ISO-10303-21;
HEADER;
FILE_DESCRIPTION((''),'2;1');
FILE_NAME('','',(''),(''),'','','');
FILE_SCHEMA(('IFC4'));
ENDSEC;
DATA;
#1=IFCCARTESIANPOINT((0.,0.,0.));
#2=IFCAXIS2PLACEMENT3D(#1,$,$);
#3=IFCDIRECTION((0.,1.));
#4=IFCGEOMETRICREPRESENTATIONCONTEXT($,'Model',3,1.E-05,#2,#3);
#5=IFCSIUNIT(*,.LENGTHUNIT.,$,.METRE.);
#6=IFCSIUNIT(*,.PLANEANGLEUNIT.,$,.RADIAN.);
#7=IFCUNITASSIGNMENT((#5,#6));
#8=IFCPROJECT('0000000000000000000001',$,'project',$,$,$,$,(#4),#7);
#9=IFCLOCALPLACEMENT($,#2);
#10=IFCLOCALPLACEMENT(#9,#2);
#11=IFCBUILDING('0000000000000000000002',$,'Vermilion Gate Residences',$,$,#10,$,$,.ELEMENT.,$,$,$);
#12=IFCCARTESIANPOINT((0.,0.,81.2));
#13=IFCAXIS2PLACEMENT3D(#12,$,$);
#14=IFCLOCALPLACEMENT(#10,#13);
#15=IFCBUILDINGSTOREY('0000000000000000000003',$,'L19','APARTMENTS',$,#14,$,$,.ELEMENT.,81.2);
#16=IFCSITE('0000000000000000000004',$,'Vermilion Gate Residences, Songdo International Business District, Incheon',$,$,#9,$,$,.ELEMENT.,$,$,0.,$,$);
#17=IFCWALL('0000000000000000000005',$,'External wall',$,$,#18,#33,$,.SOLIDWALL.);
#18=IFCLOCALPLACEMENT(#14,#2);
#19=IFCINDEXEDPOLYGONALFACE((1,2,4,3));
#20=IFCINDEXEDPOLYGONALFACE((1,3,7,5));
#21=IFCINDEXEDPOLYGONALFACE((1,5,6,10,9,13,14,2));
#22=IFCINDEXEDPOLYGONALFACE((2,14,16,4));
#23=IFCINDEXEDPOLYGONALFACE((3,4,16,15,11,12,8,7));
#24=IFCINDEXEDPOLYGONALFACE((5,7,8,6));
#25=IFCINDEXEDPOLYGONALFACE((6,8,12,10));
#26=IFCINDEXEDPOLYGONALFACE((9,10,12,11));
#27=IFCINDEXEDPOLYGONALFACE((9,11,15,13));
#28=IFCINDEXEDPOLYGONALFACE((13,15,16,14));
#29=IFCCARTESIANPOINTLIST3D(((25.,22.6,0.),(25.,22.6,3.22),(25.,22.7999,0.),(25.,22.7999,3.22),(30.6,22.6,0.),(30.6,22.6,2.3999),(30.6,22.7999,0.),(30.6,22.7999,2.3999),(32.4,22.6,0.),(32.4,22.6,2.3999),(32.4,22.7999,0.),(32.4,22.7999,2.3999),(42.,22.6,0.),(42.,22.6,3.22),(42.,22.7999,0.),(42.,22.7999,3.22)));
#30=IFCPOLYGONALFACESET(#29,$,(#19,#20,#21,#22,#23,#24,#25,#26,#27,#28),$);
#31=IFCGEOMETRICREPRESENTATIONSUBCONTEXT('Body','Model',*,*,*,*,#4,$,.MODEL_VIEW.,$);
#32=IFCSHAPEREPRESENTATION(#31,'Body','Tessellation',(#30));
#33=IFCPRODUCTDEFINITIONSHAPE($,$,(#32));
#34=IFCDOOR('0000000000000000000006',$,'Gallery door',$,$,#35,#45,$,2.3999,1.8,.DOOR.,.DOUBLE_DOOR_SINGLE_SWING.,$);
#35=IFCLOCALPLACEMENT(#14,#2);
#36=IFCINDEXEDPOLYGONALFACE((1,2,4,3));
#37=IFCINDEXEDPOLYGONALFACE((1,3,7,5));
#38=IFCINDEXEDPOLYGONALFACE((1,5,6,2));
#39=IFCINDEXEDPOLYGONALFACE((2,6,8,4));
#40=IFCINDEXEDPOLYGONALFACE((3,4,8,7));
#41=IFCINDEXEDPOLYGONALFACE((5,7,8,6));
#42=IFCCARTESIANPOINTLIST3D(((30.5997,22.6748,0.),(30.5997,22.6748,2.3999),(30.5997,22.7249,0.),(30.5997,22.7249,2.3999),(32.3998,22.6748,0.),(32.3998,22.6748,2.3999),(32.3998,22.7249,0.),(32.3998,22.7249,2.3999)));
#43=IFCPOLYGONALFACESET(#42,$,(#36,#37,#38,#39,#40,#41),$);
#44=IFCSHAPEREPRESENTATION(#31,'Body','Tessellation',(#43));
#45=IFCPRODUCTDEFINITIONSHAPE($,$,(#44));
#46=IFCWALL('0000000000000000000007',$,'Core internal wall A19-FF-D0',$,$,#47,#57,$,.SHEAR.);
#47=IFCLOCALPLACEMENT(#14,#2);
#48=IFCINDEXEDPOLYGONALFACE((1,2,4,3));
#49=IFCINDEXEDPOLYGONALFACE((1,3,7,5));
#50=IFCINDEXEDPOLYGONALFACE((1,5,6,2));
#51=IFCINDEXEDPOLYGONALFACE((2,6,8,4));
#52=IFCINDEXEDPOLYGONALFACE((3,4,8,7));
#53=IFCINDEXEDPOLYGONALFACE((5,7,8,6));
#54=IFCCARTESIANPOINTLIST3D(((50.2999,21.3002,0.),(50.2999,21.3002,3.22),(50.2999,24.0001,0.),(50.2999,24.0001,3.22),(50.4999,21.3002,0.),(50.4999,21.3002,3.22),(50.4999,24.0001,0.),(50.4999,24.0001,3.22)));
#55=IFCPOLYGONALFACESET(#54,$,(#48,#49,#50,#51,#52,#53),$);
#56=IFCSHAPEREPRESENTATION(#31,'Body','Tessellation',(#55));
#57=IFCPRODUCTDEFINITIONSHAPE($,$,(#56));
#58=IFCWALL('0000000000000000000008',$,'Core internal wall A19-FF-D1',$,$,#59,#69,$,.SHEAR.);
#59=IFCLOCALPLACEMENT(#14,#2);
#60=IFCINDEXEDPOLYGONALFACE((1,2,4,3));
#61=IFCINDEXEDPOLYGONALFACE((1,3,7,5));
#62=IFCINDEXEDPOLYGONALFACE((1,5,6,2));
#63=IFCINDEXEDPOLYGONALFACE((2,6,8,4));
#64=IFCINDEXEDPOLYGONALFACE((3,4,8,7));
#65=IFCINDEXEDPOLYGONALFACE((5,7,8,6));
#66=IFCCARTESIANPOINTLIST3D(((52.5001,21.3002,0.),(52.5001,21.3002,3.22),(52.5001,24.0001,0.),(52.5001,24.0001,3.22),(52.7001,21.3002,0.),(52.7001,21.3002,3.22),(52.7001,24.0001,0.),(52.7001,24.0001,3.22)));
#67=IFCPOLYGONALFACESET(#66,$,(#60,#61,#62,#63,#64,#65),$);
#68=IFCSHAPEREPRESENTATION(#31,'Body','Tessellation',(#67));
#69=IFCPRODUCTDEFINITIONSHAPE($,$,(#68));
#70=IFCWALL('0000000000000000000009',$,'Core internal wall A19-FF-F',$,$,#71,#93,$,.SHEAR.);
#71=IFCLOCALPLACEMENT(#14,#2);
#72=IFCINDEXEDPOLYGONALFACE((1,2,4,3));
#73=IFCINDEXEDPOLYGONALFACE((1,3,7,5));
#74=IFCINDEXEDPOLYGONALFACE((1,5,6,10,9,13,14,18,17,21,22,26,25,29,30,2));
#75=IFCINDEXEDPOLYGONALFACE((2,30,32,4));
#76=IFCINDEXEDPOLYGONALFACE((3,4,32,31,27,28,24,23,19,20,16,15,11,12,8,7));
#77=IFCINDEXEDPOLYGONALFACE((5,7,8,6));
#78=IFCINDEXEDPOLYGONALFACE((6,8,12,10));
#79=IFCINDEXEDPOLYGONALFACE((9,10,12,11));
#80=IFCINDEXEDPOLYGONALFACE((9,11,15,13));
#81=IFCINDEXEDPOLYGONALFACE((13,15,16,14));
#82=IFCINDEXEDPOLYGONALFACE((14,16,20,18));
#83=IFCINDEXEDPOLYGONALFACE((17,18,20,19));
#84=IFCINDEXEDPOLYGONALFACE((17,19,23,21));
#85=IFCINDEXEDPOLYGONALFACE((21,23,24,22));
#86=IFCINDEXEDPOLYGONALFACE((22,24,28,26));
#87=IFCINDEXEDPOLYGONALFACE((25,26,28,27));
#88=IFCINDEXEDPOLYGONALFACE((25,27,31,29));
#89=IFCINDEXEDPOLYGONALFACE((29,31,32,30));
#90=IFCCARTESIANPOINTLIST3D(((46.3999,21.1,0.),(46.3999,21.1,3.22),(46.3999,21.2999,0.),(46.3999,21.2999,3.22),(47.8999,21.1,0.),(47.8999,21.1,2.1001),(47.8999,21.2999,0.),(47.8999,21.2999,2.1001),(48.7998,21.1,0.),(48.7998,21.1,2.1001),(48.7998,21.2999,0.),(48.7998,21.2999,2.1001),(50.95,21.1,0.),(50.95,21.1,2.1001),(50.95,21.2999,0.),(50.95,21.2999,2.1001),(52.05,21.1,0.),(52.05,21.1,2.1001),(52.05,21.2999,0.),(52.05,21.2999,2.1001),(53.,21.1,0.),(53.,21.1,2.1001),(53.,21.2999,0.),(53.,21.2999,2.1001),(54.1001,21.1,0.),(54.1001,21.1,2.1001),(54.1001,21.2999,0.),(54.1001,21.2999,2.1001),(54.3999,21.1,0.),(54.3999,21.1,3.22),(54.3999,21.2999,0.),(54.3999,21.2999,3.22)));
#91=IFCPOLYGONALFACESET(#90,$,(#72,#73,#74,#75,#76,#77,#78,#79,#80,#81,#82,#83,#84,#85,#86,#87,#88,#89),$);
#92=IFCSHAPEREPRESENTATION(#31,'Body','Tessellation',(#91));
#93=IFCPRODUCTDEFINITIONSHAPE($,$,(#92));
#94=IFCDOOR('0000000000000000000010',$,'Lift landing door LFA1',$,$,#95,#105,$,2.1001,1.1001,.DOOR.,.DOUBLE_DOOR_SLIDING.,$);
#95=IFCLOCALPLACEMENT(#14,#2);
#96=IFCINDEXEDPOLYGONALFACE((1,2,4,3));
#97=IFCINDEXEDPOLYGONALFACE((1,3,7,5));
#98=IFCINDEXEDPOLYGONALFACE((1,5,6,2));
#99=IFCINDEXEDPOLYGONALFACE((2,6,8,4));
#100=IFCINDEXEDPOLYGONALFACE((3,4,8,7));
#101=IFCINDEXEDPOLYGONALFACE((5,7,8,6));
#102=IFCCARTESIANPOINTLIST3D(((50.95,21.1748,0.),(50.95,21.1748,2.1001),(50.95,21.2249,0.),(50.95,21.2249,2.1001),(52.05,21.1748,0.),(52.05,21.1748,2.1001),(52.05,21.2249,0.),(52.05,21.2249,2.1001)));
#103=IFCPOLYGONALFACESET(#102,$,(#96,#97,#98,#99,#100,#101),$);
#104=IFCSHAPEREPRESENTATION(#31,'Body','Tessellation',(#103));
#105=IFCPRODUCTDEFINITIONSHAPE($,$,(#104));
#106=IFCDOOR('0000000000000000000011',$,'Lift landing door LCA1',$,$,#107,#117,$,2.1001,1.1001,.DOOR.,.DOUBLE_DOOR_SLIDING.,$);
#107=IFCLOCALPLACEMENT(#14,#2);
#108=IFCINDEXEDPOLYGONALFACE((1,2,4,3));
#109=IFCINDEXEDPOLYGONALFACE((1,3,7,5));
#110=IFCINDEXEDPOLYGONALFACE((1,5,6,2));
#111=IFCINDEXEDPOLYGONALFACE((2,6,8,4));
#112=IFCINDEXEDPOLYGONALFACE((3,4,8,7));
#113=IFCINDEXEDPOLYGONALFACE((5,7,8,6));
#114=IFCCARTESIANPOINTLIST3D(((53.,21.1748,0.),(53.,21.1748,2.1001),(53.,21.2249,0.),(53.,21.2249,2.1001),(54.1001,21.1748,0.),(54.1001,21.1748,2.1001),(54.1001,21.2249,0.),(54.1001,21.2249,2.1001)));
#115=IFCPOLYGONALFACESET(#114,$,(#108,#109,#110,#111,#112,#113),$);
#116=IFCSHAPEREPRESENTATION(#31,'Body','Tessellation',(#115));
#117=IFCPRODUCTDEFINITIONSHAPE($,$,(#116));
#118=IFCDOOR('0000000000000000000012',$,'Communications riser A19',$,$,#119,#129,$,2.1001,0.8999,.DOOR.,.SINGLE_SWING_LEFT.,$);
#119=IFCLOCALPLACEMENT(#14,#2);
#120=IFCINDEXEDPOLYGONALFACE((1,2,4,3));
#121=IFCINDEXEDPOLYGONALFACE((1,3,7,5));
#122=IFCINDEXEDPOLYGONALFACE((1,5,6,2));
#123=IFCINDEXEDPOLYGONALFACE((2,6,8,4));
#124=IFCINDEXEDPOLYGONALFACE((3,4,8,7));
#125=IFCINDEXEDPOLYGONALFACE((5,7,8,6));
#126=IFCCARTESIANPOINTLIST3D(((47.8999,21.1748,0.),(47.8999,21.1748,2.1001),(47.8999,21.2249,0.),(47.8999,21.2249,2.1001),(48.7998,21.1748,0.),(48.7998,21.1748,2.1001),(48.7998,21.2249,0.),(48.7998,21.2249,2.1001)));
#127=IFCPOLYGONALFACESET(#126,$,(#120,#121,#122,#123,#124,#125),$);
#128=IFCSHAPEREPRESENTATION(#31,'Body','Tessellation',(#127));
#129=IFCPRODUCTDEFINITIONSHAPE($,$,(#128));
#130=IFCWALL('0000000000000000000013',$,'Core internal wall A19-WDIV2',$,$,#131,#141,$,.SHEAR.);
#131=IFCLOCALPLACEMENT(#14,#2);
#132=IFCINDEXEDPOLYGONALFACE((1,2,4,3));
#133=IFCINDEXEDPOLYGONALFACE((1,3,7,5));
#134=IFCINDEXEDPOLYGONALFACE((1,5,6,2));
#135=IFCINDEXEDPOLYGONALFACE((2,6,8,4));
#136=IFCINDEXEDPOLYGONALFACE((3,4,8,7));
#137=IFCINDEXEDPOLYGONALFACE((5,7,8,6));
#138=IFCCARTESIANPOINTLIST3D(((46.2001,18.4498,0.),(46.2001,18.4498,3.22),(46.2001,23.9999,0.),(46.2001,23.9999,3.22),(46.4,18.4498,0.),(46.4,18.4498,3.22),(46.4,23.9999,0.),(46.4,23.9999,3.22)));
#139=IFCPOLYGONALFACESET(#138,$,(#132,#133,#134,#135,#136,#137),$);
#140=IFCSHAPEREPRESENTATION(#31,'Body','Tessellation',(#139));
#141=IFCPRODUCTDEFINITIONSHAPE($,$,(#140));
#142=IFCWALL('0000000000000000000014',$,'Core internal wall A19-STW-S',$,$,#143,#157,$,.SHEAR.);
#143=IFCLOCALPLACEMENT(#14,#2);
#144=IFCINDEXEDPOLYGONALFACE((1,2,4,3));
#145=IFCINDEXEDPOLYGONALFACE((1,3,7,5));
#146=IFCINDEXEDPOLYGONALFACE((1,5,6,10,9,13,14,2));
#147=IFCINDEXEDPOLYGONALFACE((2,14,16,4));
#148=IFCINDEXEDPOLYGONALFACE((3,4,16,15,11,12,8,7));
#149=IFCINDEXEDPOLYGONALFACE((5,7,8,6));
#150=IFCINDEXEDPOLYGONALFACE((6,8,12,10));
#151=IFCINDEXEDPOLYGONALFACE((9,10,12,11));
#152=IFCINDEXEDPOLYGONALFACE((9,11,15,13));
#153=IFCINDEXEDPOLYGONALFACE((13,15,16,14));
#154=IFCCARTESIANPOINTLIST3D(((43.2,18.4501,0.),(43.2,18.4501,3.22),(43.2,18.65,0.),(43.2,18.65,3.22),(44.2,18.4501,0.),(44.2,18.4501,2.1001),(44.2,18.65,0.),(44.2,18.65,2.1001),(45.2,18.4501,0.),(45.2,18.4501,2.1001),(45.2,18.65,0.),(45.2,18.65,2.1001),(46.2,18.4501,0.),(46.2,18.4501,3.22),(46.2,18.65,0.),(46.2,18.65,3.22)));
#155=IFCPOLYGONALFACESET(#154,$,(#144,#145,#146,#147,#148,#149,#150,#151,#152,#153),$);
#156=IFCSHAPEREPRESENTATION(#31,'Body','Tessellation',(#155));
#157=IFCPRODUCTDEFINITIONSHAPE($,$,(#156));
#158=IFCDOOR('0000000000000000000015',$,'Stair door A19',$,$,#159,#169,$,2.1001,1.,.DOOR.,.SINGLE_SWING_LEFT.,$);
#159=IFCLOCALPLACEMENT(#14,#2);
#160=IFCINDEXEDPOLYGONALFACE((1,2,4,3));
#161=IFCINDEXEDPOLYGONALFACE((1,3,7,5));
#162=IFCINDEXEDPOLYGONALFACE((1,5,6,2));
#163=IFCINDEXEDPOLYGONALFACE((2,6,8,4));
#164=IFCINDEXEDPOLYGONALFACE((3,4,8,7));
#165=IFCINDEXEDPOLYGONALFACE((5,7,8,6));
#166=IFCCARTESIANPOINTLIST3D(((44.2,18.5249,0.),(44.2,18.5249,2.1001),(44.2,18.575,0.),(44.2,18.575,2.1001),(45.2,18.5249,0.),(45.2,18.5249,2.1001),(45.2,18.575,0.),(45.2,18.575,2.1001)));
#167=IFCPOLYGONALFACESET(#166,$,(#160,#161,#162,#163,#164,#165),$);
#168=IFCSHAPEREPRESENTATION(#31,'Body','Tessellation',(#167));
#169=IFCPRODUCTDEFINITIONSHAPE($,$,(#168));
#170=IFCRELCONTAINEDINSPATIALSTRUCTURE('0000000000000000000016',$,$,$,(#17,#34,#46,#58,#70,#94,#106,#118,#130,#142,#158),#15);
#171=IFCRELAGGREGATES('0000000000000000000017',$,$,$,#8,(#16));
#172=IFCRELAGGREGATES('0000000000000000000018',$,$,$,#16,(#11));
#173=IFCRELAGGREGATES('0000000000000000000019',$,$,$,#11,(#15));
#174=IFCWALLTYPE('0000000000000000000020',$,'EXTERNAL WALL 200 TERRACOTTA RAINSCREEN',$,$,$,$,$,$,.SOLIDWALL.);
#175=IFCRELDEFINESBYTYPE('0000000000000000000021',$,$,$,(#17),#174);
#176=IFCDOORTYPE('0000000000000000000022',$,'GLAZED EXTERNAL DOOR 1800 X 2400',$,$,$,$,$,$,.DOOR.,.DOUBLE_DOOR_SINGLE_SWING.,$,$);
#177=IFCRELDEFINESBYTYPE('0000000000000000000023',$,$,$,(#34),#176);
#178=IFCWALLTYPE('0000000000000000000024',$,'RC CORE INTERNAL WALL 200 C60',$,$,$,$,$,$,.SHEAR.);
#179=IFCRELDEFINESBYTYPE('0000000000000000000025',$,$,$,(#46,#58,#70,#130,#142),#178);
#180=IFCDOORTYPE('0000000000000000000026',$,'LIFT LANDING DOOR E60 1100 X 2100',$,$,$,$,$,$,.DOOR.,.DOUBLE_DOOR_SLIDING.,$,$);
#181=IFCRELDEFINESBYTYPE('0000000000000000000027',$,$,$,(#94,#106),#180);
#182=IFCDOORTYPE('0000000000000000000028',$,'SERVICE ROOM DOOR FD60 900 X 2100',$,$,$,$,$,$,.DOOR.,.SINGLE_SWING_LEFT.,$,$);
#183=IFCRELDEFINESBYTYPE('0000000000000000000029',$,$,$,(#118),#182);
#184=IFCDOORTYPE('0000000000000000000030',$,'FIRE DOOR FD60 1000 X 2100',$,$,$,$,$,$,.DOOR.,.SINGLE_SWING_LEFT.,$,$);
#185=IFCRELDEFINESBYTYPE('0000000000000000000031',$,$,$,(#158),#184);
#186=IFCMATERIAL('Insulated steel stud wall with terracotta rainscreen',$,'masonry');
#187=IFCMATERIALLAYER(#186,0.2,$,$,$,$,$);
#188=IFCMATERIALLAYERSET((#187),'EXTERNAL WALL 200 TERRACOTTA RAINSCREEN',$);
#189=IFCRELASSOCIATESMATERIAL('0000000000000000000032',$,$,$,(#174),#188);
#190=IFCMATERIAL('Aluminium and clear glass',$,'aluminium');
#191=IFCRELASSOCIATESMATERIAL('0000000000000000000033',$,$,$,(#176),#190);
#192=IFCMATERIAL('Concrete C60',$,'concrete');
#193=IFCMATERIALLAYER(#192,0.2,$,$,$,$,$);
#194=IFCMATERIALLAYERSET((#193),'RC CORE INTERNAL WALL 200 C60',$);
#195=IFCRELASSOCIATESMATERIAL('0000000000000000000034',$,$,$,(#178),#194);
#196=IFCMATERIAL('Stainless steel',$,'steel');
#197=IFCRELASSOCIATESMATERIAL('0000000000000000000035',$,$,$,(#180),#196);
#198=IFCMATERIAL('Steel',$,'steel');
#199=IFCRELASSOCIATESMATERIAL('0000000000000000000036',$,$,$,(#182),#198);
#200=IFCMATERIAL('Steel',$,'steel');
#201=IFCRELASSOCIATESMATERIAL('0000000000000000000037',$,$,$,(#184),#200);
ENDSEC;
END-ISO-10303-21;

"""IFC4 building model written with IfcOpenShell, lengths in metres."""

from ifc_helpers import new_model, si_unit, direction, frame, frame_2d, origin, place, context, subcontext, project, spatial, rectangle, extrude, material, layer, layer_set, type_object, element, fill, save


model = new_model("IFC4")

# Units and contexts
model_context = context("Model", 3, precision=1e-05, world=origin(), true_north=direction((0.0, 1.0)))
body_context = subcontext(model_context, "Body", "Model", "MODEL_VIEW")
ifc_project = project(units=[si_unit("LENGTHUNIT", "METRE"), si_unit("PLANEANGLEUNIT", "RADIAN")], contexts=[model_context])

# Site, building, storey
site_placement = place(None, origin())
site = spatial("IfcSite", under=ifc_project, at=site_placement, Name="Vermilion Gate Residences, Songdo International Business District, Incheon", CompositionType="ELEMENT", RefElevation=0.0)
building_placement = place(site_placement, origin())
building = spatial("IfcBuilding", under=site, at=building_placement, Name="Vermilion Gate Residences", CompositionType="ELEMENT")
storey_placement = place(building_placement, frame((0.0, 0.0, 81.2)))
storey = spatial("IfcBuildingStorey", under=building, at=storey_placement, Name="L19", Description="APARTMENTS", CompositionType="ELEMENT", Elevation=81.2)

# Wall, opening, door
ifc_material_1 = material(Name="Insulated steel stud wall with terracotta rainscreen", Category="masonry")
ifc_layer_1 = layer(ifc_material_1, 0.2)
ifc_layer_set_1 = layer_set([ifc_layer_1], Name="EXTERNAL WALL 200 TERRACOTTA RAINSCREEN")
wall_type_1 = type_object("IfcWallType", Name="EXTERNAL WALL 200 TERRACOTTA RAINSCREEN", PredefinedType="SOLIDWALL", material=ifc_layer_set_1)
wall_1_placement = place(storey_placement, frame((42.0, 22.7, 0.0), z_axis=(0.0, 0.0, 1.0), x_axis=(-1.0, 0.0, 0.0)))
wall_1 = element("IfcWall", 1, at=wall_1_placement, inside=storey, type_object=wall_type_1, Name="External wall", PredefinedType="SOLIDWALL", context=body_context, shape_type="SweptSolid", body=[
    extrude(rectangle(XDim=17.0, YDim=0.2, at=frame_2d((8.5, 0.0))), origin(), (0.0, 0.0, 1.0), 3.22),
])
opening_1_placement = place(wall_1_placement, frame((9.6001, 0.0, 0.0)))
opening_1 = element("IfcOpeningElement", 2, at=opening_1_placement, cuts=wall_1, PredefinedType="OPENING", context=body_context, shape_type="SweptSolid", body=[
    extrude(rectangle(XDim=1.8, YDim=2.3999, at=frame_2d((0.8999, 1.2))), frame((0.0, 0.1099, 0.0), z_axis=(0.0, -1.0, 0.0), x_axis=(1.0, 0.0, 0.0)), (0.0, 0.0, 1.0), 0.22),
])
ifc_material_2 = material(Name="Aluminium and clear glass", Category="aluminium")
door_type_1 = type_object("IfcDoorType", Name="GLAZED EXTERNAL DOOR 1800 X 2400", OperationType="DOUBLE_DOOR_SINGLE_SWING", PredefinedType="DOOR", material=ifc_material_2)
door_1_placement = place(opening_1_placement, frame((1.8, 0.0, 0.0), z_axis=(0.0, 0.0, 1.0), x_axis=(-1.0, 0.0, 0.0)))
door_1 = element("IfcDoor", 3, at=door_1_placement, inside=storey, type_object=door_type_1, Name="Gallery door", OperationType="DOUBLE_DOOR_SINGLE_SWING", OverallHeight=2.3999, OverallWidth=1.8, PredefinedType="DOOR", context=body_context, shape_type="SweptSolid", body=[
    extrude(rectangle(XDim=1.8, YDim=2.3999, at=frame_2d((0.8999, 1.2))), frame((0.0, 0.0249, 0.0), z_axis=(0.0, -1.0, 0.0), x_axis=(1.0, 0.0, 0.0)), (0.0, 0.0, 1.0), 0.05),
])
fill(opening_1, door_1)

# Walls
ifc_material_3 = material(Name="Concrete C60", Category="concrete")
ifc_layer_2 = layer(ifc_material_3, 0.2)
ifc_layer_set_2 = layer_set([ifc_layer_2], Name="RC CORE INTERNAL WALL 200 C60")
wall_type_2 = type_object("IfcWallType", Name="RC CORE INTERNAL WALL 200 C60", PredefinedType="SHEAR", material=ifc_layer_set_2)
for number, where, z_axis, x_axis, name in (
    (4, (50.3999, 21.3, 0.0), (0.0, 0.0, 1.0), (0.0, 1.0, 0.0), "Core internal wall A19-FF-D0"),
    (5, (52.6001, 21.3, 0.0), (0.0, 0.0, 1.0), (0.0, 1.0, 0.0), "Core internal wall A19-FF-D1"),
):
    element("IfcWall", number, at=place(storey_placement, frame(where, z_axis=z_axis, x_axis=x_axis)), inside=storey, type_object=wall_type_2, Name=name, PredefinedType="SHEAR", context=body_context, shape_type="SweptSolid", body=[
        extrude(rectangle(XDim=2.7, YDim=0.2, at=frame_2d((1.3501, 0.0))), origin(), (0.0, 0.0, 1.0), 3.22),
    ])

# Wall, openings, doors
wall_2_placement = place(storey_placement, frame((46.3999, 21.2, 0.0), z_axis=(0.0, 0.0, 1.0), x_axis=(1.0, 0.0, 0.0)))
wall_2 = element("IfcWall", 6, at=wall_2_placement, inside=storey, type_object=wall_type_2, Name="Core internal wall A19-FF-F", PredefinedType="SHEAR", context=body_context, shape_type="SweptSolid", body=[
    extrude(rectangle(XDim=8.0, YDim=0.2, at=frame_2d((4.0, 0.0))), origin(), (0.0, 0.0, 1.0), 3.22),
])
opening_2_placement = place(wall_2_placement, frame((1.5, 0.0, 0.0)))
opening_2 = element("IfcOpeningElement", 7, at=opening_2_placement, cuts=wall_2, PredefinedType="OPENING", context=body_context, shape_type="SweptSolid", body=[
    extrude(rectangle(XDim=0.8999, YDim=2.1001, at=frame_2d((0.45, 1.05))), frame((0.0, 0.1099, 0.0), z_axis=(0.0, -1.0, 0.0), x_axis=(1.0, 0.0, 0.0)), (0.0, 0.0, 1.0), 0.22),
])
opening_3_placement = place(wall_2_placement, frame((4.55, 0.0, 0.0)))
opening_3 = element("IfcOpeningElement", 8, at=opening_3_placement, cuts=wall_2, PredefinedType="OPENING", context=body_context, shape_type="SweptSolid", body=[
    extrude(rectangle(XDim=1.1001, YDim=2.1001, at=frame_2d((0.55, 1.05))), frame((0.0, 0.1099, 0.0), z_axis=(0.0, -1.0, 0.0), x_axis=(1.0, 0.0, 0.0)), (0.0, 0.0, 1.0), 0.22),
])
opening_4_placement = place(wall_2_placement, frame((6.6001, 0.0, 0.0)))
opening_4 = element("IfcOpeningElement", 9, at=opening_4_placement, cuts=wall_2, PredefinedType="OPENING", context=body_context, shape_type="SweptSolid", body=[
    extrude(rectangle(XDim=1.1001, YDim=2.1001, at=frame_2d((0.55, 1.05))), frame((0.0, 0.1099, 0.0), z_axis=(0.0, -1.0, 0.0), x_axis=(1.0, 0.0, 0.0)), (0.0, 0.0, 1.0), 0.22),
])
ifc_material_4 = material(Name="Stainless steel", Category="steel")
door_type_2 = type_object("IfcDoorType", Name="LIFT LANDING DOOR E60 1100 X 2100", OperationType="DOUBLE_DOOR_SLIDING", PredefinedType="DOOR", material=ifc_material_4)
door_2_placement = place(opening_3_placement, origin())
door_2 = element("IfcDoor", 10, at=door_2_placement, inside=storey, type_object=door_type_2, Name="Lift landing door LFA1", OperationType="DOUBLE_DOOR_SLIDING", OverallHeight=2.1001, OverallWidth=1.1001, PredefinedType="DOOR", context=body_context, shape_type="SweptSolid", body=[
    extrude(rectangle(XDim=1.1001, YDim=2.1001, at=frame_2d((0.55, 1.05))), frame((0.0, 0.0249, 0.0), z_axis=(0.0, -1.0, 0.0), x_axis=(1.0, 0.0, 0.0)), (0.0, 0.0, 1.0), 0.05),
])
fill(opening_3, door_2)
door_3_placement = place(opening_4_placement, origin())
door_3 = element("IfcDoor", 11, at=door_3_placement, inside=storey, type_object=door_type_2, Name="Lift landing door LCA1", OperationType="DOUBLE_DOOR_SLIDING", OverallHeight=2.1001, OverallWidth=1.1001, PredefinedType="DOOR", context=body_context, shape_type="SweptSolid", body=[
    extrude(rectangle(XDim=1.1001, YDim=2.1001, at=frame_2d((0.55, 1.05))), frame((0.0, 0.0249, 0.0), z_axis=(0.0, -1.0, 0.0), x_axis=(1.0, 0.0, 0.0)), (0.0, 0.0, 1.0), 0.05),
])
fill(opening_4, door_3)
ifc_material_5 = material(Name="Steel", Category="steel")
door_type_3 = type_object("IfcDoorType", Name="SERVICE ROOM DOOR FD60 900 X 2100", OperationType="SINGLE_SWING_LEFT", PredefinedType="DOOR", material=ifc_material_5)
door_4_placement = place(opening_2_placement, origin())
door_4 = element("IfcDoor", 12, at=door_4_placement, inside=storey, type_object=door_type_3, Name="Communications riser A19", OperationType="SINGLE_SWING_LEFT", OverallHeight=2.1001, OverallWidth=0.8999, PredefinedType="DOOR", context=body_context, shape_type="SweptSolid", body=[
    extrude(rectangle(XDim=0.8999, YDim=2.1001, at=frame_2d((0.45, 1.05))), frame((0.0, 0.0249, 0.0), z_axis=(0.0, -1.0, 0.0), x_axis=(1.0, 0.0, 0.0)), (0.0, 0.0, 1.0), 0.05),
])
fill(opening_2, door_4)

# Wall
wall_3_placement = place(storey_placement, frame((46.3, 18.45, 0.0), z_axis=(0.0, 0.0, 1.0), x_axis=(0.0, 1.0, 0.0)))
element("IfcWall", 13, at=wall_3_placement, inside=storey, type_object=wall_type_2, Name="Core internal wall A19-WDIV2", PredefinedType="SHEAR", context=body_context, shape_type="SweptSolid", body=[
    extrude(rectangle(XDim=5.55, YDim=0.2, at=frame_2d((2.7749, 0.0))), origin(), (0.0, 0.0, 1.0), 3.22),
])

# Wall, opening, door
wall_4_placement = place(storey_placement, frame((43.2, 18.55, 0.0), z_axis=(0.0, 0.0, 1.0), x_axis=(1.0, 0.0, 0.0)))
wall_4 = element("IfcWall", 14, at=wall_4_placement, inside=storey, type_object=wall_type_2, Name="Core internal wall A19-STW-S", PredefinedType="SHEAR", context=body_context, shape_type="SweptSolid", body=[
    extrude(rectangle(XDim=3.0, YDim=0.2, at=frame_2d((1.5, 0.0))), origin(), (0.0, 0.0, 1.0), 3.22),
])
opening_5_placement = place(wall_4_placement, frame((1.0, 0.0, 0.0)))
opening_5 = element("IfcOpeningElement", 15, at=opening_5_placement, cuts=wall_4, PredefinedType="OPENING", context=body_context, shape_type="SweptSolid", body=[
    extrude(rectangle(XDim=1.0, YDim=2.1001, at=frame_2d((0.5, 1.05))), frame((0.0, 0.1099, 0.0), z_axis=(0.0, -1.0, 0.0), x_axis=(1.0, 0.0, 0.0)), (0.0, 0.0, 1.0), 0.22),
])
ifc_material_6 = material(Name="Steel", Category="steel")
door_type_4 = type_object("IfcDoorType", Name="FIRE DOOR FD60 1000 X 2100", OperationType="SINGLE_SWING_LEFT", PredefinedType="DOOR", material=ifc_material_6)
door_5_placement = place(opening_5_placement, origin())
door_5 = element("IfcDoor", 16, at=door_5_placement, inside=storey, type_object=door_type_4, Name="Stair door A19", OperationType="SINGLE_SWING_LEFT", OverallHeight=2.1001, OverallWidth=1.0, PredefinedType="DOOR", context=body_context, shape_type="SweptSolid", body=[
    extrude(rectangle(XDim=1.0, YDim=2.1001, at=frame_2d((0.5, 1.05))), frame((0.0, 0.0249, 0.0), z_axis=(0.0, -1.0, 0.0), x_axis=(1.0, 0.0, 0.0)), (0.0, 0.0, 1.0), 0.05),
])
fill(opening_5, door_5)

save(model, "model.ifc")
